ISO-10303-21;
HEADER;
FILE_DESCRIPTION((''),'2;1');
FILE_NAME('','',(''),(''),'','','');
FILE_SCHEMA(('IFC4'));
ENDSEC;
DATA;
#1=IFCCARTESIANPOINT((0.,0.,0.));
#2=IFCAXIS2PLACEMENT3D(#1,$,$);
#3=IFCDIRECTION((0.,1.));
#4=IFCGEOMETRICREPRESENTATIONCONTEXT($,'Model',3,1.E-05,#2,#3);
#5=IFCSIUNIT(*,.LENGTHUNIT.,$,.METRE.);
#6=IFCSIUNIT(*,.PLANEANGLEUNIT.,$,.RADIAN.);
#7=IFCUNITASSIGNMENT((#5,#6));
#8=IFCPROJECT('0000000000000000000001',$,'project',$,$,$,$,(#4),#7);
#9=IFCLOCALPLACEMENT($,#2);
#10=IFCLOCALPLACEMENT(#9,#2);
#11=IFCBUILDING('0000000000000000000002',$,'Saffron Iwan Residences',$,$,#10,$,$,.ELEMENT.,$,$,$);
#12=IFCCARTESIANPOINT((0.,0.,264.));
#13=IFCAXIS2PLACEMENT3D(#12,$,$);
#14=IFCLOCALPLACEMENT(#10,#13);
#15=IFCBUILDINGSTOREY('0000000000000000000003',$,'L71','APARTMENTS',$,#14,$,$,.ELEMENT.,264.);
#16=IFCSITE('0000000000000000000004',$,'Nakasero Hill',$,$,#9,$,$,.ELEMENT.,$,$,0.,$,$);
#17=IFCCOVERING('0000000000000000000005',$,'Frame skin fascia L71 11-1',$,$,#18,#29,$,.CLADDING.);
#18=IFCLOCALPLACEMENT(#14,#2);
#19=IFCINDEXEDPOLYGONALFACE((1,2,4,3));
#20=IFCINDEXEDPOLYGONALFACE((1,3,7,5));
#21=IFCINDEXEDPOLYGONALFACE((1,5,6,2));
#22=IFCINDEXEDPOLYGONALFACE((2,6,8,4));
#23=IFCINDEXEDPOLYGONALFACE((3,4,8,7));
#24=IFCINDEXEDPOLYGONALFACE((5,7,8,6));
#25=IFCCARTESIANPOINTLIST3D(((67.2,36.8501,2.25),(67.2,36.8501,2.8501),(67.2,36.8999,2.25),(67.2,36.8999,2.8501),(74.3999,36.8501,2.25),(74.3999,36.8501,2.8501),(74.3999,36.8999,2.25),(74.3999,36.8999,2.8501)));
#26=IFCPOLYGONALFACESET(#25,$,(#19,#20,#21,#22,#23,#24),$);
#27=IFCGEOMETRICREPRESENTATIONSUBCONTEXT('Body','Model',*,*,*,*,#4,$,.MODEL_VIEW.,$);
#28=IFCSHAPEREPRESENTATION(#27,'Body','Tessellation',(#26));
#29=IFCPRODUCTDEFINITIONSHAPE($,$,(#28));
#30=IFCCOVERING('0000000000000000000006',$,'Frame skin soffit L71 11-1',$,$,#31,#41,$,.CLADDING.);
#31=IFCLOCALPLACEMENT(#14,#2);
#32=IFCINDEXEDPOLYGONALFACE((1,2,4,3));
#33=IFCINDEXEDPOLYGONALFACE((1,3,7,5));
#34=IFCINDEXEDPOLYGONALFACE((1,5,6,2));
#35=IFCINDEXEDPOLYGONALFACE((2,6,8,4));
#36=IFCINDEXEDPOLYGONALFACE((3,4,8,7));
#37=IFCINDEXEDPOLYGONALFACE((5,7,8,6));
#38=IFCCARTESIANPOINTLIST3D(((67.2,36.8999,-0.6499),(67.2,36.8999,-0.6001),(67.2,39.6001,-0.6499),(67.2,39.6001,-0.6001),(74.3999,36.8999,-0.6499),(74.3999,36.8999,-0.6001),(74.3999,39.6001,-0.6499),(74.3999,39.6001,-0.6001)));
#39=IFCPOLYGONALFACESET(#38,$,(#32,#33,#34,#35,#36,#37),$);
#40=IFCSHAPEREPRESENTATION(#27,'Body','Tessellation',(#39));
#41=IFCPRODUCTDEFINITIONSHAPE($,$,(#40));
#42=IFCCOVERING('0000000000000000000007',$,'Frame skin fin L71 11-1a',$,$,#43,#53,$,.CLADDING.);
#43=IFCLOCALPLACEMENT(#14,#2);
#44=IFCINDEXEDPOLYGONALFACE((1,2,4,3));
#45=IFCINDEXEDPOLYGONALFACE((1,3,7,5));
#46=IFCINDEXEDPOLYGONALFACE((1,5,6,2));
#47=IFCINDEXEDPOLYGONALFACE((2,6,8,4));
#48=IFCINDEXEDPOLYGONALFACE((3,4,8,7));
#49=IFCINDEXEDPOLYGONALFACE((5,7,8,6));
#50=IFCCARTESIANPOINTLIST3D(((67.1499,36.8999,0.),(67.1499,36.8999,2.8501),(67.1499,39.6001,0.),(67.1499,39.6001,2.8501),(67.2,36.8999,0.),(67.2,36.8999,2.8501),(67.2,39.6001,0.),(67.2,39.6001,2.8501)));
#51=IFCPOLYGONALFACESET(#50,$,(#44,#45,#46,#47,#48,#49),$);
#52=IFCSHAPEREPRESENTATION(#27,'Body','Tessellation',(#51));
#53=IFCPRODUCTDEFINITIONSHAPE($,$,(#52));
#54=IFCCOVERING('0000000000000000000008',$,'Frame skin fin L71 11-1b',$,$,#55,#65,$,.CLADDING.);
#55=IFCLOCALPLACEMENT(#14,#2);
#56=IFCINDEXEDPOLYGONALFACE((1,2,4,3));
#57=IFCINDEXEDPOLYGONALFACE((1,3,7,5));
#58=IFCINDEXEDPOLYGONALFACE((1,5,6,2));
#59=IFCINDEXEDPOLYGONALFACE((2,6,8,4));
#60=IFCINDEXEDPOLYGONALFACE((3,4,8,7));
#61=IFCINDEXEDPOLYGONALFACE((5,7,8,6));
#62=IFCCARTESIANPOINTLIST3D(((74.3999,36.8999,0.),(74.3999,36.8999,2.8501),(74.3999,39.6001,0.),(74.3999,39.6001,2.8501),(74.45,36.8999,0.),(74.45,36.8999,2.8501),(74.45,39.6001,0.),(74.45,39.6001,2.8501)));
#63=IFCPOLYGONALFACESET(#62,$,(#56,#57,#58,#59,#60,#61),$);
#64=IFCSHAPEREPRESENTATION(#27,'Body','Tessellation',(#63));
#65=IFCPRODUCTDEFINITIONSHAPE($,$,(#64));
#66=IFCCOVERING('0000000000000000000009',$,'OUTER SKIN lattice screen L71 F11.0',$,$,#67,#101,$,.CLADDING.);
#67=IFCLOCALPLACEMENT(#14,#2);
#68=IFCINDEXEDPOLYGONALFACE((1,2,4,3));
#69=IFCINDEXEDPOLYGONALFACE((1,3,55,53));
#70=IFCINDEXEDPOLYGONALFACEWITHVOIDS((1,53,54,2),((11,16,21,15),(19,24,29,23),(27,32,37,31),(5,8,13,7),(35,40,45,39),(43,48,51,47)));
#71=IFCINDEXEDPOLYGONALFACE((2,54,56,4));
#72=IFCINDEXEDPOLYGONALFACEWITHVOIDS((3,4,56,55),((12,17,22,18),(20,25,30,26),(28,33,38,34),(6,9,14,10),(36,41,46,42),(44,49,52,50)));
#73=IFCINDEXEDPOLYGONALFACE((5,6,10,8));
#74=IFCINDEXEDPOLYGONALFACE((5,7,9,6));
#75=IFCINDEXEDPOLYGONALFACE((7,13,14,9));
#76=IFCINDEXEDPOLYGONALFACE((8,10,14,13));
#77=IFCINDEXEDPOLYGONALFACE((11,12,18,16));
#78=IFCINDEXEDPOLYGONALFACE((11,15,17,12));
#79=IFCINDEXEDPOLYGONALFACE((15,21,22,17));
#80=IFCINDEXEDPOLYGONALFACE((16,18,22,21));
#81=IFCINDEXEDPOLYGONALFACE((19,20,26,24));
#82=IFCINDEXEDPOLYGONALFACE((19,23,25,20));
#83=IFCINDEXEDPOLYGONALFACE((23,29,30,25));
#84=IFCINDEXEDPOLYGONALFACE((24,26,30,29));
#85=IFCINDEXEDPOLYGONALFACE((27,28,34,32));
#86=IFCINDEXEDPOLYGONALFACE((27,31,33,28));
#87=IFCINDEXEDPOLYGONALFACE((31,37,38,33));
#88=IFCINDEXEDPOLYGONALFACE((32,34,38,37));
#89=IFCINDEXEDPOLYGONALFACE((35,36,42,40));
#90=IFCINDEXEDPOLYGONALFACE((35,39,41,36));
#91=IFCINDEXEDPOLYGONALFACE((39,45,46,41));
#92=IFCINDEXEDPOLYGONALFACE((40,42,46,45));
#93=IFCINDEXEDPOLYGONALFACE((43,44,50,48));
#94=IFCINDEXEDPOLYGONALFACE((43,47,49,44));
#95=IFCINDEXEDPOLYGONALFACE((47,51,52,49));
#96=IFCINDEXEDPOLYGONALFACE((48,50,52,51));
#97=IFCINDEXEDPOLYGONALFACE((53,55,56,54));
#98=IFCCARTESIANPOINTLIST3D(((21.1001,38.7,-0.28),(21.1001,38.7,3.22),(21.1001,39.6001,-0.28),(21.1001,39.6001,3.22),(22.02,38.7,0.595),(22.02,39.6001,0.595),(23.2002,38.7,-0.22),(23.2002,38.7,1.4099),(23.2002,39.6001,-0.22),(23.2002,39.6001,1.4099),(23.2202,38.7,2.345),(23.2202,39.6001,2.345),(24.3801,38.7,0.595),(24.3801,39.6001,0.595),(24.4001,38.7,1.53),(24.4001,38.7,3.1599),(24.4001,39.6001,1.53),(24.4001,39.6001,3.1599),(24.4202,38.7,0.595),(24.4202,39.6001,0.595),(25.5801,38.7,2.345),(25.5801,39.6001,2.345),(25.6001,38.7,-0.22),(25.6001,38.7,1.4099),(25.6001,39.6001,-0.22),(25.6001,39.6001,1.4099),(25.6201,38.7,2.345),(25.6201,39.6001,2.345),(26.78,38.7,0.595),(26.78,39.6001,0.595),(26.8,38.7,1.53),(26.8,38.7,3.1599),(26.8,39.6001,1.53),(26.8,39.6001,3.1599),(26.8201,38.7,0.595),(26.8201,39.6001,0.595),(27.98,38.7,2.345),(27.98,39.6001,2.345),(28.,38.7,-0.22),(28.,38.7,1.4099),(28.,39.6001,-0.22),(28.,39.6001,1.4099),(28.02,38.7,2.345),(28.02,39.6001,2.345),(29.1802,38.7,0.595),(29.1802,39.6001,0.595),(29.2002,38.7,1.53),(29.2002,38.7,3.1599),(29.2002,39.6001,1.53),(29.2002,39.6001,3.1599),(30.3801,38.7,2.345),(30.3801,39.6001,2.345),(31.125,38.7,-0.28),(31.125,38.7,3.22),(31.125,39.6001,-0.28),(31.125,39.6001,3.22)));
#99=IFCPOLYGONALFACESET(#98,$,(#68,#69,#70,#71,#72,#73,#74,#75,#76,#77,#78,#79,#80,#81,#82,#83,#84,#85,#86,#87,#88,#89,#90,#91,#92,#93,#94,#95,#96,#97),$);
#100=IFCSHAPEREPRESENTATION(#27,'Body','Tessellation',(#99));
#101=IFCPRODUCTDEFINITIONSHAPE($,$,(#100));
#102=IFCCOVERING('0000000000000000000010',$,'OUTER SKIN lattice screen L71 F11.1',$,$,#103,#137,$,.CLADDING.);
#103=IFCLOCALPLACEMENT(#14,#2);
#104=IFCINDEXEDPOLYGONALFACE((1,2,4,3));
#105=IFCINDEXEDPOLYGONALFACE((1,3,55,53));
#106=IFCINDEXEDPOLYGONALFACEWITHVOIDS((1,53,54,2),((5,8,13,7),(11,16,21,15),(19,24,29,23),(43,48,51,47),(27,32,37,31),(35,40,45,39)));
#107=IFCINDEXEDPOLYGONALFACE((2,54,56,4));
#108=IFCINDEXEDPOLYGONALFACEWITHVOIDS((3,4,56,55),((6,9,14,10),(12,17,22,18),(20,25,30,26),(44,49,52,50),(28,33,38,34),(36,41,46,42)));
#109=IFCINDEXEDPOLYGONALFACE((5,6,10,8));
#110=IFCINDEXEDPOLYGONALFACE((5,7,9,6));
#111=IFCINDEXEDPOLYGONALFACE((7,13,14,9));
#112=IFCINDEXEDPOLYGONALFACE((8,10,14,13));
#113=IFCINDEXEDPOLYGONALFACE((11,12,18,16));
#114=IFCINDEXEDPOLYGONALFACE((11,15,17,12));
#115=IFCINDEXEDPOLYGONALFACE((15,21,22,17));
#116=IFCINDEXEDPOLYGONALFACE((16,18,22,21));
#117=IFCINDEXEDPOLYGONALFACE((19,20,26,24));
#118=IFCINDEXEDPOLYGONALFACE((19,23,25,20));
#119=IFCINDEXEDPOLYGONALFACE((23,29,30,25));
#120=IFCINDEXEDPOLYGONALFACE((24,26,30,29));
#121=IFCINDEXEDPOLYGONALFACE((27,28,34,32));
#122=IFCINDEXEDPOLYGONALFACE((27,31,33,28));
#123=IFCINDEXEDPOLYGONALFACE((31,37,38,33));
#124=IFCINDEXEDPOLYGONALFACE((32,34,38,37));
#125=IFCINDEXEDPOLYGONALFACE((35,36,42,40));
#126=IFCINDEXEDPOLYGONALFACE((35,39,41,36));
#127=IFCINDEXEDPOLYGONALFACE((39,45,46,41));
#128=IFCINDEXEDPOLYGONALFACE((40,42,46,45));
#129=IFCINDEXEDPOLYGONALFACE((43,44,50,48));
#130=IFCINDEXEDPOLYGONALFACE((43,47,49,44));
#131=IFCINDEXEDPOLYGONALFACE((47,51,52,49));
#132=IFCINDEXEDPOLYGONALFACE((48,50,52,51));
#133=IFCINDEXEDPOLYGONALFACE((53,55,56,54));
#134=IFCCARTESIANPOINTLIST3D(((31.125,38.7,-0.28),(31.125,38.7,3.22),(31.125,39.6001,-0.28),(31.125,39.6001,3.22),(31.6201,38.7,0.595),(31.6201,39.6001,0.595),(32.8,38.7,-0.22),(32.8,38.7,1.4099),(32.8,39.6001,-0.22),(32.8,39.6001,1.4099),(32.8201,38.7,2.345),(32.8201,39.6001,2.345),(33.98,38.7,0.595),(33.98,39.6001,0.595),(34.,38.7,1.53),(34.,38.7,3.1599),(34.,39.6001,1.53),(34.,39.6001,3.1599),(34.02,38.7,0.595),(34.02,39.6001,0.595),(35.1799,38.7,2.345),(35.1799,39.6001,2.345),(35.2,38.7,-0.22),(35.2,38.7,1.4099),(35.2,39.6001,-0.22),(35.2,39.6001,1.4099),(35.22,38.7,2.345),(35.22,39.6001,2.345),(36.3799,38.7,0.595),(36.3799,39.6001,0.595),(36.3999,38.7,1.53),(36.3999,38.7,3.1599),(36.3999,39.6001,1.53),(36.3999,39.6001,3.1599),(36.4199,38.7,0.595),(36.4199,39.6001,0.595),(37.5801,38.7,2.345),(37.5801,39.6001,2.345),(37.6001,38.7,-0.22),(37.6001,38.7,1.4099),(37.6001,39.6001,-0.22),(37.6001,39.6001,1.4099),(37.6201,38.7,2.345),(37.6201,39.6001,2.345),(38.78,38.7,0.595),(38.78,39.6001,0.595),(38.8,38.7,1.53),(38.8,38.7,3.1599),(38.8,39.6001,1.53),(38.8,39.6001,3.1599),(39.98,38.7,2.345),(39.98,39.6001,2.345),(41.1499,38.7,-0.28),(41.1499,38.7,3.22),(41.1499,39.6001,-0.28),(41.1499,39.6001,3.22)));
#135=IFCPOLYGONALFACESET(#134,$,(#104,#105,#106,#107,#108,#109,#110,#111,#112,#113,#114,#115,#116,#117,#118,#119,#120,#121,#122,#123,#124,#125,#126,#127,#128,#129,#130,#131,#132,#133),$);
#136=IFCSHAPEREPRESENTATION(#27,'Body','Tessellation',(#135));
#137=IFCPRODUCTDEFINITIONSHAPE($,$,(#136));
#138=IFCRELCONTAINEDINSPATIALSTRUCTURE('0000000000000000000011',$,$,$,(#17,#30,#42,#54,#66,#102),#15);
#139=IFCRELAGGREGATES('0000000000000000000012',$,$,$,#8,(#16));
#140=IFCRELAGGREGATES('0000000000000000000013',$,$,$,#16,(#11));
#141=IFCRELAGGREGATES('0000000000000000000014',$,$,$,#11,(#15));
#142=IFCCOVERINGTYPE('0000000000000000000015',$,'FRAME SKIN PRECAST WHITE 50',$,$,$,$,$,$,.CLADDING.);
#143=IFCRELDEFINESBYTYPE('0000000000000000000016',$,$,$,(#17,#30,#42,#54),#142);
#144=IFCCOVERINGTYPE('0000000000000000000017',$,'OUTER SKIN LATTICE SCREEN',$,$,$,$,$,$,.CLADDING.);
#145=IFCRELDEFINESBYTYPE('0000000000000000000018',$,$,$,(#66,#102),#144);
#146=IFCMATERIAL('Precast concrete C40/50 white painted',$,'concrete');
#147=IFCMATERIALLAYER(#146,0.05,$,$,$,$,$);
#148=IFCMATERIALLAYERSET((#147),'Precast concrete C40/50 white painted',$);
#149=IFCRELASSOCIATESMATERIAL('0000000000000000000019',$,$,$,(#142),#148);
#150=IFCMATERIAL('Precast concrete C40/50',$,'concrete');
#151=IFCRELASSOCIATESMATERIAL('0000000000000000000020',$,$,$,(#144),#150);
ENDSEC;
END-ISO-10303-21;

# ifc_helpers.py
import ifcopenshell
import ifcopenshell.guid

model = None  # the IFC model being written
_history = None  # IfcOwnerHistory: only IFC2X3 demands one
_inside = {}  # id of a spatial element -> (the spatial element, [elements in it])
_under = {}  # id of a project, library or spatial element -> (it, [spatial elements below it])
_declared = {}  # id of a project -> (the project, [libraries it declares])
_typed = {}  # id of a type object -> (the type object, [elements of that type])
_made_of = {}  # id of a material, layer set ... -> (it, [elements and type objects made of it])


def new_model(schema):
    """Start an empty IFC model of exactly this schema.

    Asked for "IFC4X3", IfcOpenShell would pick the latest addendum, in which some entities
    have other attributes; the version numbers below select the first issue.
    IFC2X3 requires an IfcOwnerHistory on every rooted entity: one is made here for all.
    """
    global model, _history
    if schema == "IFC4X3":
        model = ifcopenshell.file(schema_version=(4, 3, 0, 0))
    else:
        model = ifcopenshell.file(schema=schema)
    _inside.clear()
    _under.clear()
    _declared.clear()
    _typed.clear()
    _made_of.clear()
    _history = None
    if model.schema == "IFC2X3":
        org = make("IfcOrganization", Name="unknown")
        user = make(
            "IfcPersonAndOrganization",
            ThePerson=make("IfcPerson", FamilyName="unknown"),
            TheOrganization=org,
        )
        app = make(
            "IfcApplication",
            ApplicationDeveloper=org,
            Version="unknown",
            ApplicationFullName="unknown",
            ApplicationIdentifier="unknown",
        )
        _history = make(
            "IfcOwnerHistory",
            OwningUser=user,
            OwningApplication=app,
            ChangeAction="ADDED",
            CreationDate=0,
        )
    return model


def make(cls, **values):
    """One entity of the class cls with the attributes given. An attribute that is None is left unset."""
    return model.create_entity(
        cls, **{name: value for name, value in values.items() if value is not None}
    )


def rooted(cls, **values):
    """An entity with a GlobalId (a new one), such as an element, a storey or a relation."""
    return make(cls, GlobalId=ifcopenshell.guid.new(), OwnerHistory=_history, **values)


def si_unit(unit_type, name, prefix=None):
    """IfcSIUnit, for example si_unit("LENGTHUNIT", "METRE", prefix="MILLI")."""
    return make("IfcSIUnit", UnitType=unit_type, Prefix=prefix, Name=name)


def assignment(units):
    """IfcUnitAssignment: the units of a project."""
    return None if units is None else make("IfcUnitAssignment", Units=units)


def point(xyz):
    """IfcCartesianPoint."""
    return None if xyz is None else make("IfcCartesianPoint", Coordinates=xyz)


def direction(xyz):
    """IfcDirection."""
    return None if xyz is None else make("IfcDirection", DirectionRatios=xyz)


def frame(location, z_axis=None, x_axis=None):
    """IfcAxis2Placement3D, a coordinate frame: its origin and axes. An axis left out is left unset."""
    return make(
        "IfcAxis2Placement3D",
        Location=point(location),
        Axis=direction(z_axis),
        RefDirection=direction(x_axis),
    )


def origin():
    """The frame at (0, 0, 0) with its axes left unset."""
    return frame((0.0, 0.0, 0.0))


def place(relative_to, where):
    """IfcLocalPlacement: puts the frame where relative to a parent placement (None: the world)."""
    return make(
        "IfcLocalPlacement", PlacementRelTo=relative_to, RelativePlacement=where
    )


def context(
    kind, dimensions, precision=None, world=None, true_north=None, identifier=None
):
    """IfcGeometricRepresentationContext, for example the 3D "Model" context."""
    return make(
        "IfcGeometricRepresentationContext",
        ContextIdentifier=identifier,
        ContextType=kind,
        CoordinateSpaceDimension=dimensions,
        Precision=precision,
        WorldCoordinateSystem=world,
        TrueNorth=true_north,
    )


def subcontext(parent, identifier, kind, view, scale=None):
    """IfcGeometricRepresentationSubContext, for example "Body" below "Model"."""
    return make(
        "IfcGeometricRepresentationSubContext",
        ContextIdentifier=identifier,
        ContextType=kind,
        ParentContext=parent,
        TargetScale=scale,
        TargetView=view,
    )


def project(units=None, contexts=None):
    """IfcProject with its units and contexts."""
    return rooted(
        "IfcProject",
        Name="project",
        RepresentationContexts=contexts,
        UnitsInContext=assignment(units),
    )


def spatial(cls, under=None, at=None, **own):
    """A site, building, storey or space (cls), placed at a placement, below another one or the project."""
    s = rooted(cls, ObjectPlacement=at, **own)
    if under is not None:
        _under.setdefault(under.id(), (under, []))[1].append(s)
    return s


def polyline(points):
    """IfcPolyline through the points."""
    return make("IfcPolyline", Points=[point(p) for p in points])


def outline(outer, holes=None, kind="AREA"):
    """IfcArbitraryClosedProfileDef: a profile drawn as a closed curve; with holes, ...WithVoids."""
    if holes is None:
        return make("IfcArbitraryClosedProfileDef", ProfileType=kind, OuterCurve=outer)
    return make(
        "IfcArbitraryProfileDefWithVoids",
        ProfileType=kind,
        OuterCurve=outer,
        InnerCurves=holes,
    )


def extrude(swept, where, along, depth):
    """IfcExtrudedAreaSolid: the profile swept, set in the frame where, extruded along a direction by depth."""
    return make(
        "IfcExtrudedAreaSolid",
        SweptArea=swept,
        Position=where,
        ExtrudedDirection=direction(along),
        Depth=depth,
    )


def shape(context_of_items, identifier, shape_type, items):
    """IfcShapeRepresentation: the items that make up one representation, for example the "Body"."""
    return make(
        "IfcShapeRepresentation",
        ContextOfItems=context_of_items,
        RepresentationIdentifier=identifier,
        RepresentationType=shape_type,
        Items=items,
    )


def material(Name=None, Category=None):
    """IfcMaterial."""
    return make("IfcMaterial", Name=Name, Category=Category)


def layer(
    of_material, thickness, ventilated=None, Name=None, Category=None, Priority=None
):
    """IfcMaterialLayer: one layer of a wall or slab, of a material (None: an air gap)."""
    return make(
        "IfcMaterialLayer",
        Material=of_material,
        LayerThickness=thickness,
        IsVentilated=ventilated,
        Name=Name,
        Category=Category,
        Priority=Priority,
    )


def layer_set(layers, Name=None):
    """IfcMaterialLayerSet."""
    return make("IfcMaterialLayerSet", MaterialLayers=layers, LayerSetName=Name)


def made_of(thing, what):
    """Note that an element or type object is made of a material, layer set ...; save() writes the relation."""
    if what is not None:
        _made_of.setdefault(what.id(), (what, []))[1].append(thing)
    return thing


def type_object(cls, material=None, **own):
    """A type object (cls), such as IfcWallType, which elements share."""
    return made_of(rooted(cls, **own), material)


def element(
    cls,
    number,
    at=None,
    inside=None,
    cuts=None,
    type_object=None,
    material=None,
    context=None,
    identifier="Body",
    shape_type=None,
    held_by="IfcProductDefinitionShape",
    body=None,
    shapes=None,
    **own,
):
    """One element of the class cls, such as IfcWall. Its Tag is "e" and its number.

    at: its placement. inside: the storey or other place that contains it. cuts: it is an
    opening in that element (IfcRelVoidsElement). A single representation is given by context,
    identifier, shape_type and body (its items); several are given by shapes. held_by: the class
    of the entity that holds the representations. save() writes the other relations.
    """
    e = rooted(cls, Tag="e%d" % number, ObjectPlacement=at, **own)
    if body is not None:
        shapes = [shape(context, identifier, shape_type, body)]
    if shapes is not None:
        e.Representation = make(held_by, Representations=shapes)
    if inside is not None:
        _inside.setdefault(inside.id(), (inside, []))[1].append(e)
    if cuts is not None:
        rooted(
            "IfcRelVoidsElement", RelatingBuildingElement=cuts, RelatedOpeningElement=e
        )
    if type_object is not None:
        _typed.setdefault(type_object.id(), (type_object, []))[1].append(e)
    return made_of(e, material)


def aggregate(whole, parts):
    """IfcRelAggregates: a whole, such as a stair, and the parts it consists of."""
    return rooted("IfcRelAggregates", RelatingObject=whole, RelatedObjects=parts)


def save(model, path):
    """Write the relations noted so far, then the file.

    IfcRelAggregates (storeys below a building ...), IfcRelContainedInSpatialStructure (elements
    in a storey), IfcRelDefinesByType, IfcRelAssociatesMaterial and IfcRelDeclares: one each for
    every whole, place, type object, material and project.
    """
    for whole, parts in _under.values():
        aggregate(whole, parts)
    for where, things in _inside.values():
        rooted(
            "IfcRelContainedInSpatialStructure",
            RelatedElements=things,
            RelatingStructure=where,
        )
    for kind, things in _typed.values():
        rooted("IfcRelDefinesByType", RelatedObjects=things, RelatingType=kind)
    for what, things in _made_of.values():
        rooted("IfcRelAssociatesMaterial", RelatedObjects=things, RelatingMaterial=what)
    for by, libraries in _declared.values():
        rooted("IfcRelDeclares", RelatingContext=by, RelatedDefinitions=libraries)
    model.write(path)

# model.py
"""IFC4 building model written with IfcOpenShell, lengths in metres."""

from ifc_helpers import new_model, si_unit, direction, frame, origin, place, context, subcontext, project, spatial, polyline, outline, extrude, material, layer, layer_set, type_object, element, save


model = new_model("IFC4")

# Units and contexts
model_context = context("Model", 3, precision=1e-05, world=origin(), true_north=direction((0.0, 1.0)))
body_context = subcontext(model_context, "Body", "Model", "MODEL_VIEW")
ifc_project = project(units=[si_unit("LENGTHUNIT", "METRE"), si_unit("PLANEANGLEUNIT", "RADIAN")], contexts=[model_context])

# Site, building, storey
site_placement = place(None, origin())
site = spatial("IfcSite", under=ifc_project, at=site_placement, Name="Nakasero Hill", CompositionType="ELEMENT", RefElevation=0.0)
building_placement = place(site_placement, origin())
building = spatial("IfcBuilding", under=site, at=building_placement, Name="Saffron Iwan Residences", CompositionType="ELEMENT")
storey_placement = place(building_placement, frame((0.0, 0.0, 264.0)))
storey = spatial("IfcBuildingStorey", under=building, at=storey_placement, Name="L71", Description="APARTMENTS", CompositionType="ELEMENT", Elevation=264.0)

# Coverings
ifc_material_1 = material(Name="Precast concrete C40/50 white painted", Category="concrete")
ifc_layer_1 = layer(ifc_material_1, 0.05)
ifc_layer_set_1 = layer_set([ifc_layer_1], Name="Precast concrete C40/50 white painted")
covering_type_1 = type_object("IfcCoveringType", Name="FRAME SKIN PRECAST WHITE 50", PredefinedType="CLADDING", material=ifc_layer_set_1)
for number, where, name in (
    (1, (0.0, 0.0, 2.25), "Frame skin fascia L71 11-1"),
):
    element("IfcCovering", number, at=place(storey_placement, frame(where)), inside=storey, type_object=covering_type_1, Name=name, PredefinedType="CLADDING", context=body_context, shape_type="SweptSolid", body=[
        extrude(outline(polyline([(67.2, 36.8501), (74.3999, 36.8501), (74.3999, 36.8999), (67.2, 36.8999), (67.2, 36.8501)])), origin(), (0.0, 0.0, 1.0), 0.6001),
    ])
covering_1_placement = place(storey_placement, frame((0.0, 0.0, -0.6499)))
element("IfcCovering", 2, at=covering_1_placement, inside=storey, type_object=covering_type_1, Name="Frame skin soffit L71 11-1", PredefinedType="CLADDING", context=body_context, shape_type="SweptSolid", body=[
    extrude(outline(polyline([(67.2, 36.8999), (74.3999, 36.8999), (74.3999, 39.6001), (67.2, 39.6001), (67.2, 36.8999)])), origin(), (0.0, 0.0, 1.0), 0.0498),
])
covering_2_placement = place(storey_placement, origin())
element("IfcCovering", 3, at=covering_2_placement, inside=storey, type_object=covering_type_1, Name="Frame skin fin L71 11-1a", PredefinedType="CLADDING", context=body_context, shape_type="SweptSolid", body=[
    extrude(outline(polyline([(67.1499, 36.8999), (67.2, 36.8999), (67.2, 39.6001), (67.1499, 39.6001), (67.1499, 36.8999)])), origin(), (0.0, 0.0, 1.0), 2.8501),
])
covering_3_placement = place(storey_placement, origin())
element("IfcCovering", 4, at=covering_3_placement, inside=storey, type_object=covering_type_1, Name="Frame skin fin L71 11-1b", PredefinedType="CLADDING", context=body_context, shape_type="SweptSolid", body=[
    extrude(outline(polyline([(74.3999, 36.8999), (74.45, 36.8999), (74.45, 39.6001), (74.3999, 39.6001), (74.3999, 36.8999)])), origin(), (0.0, 0.0, 1.0), 2.8501),
])
ifc_material_2 = material(Name="Precast concrete C40/50", Category="concrete")
covering_type_2 = type_object("IfcCoveringType", Name="OUTER SKIN LATTICE SCREEN", PredefinedType="CLADDING", material=ifc_material_2)
covering_4_placement = place(storey_placement, frame((21.1001, 39.6001, -0.28), z_axis=(0.0, -1.0, 0.0), x_axis=(1.0, 0.0, 0.0)))
element("IfcCovering", 5, at=covering_4_placement, inside=storey, type_object=covering_type_2, Name="OUTER SKIN lattice screen L71 F11.0", PredefinedType="CLADDING", context=body_context, shape_type="SweptSolid", body=[
    extrude(outline(polyline([(0.0, 0.0), (10.0249, 0.0), (10.0249, 3.5), (0.0, 3.5), (0.0, 0.0)]), holes=[polyline([(0.9199, 0.875), (2.1001, 0.0601), (3.28, 0.875), (2.1001, 1.6899), (0.9199, 0.875)]), polyline([(3.3201, 0.875), (4.5, 0.0601), (5.6799, 0.875), (4.5, 1.6899), (3.3201, 0.875)]), polyline([(5.72, 0.875), (6.8999, 0.0601), (8.0801, 0.875), (6.8999, 1.6899), (5.72, 0.875)]), polyline([(2.1201, 2.625), (3.3, 1.8101), (4.48, 2.625), (3.3, 3.4399), (2.1201, 2.625)]), polyline([(4.52, 2.625), (5.7, 1.8101), (6.8799, 2.625), (5.7, 3.4399), (4.52, 2.625)]), polyline([(6.9199, 2.625), (8.1001, 1.8101), (9.28, 2.625), (8.1001, 3.4399), (6.9199, 2.625)])]), origin(), (0.0, 0.0, 1.0), 0.9001),
])
covering_5_placement = place(storey_placement, frame((31.125, 39.6001, -0.28), z_axis=(0.0, -1.0, 0.0), x_axis=(1.0, 0.0, 0.0)))
element("IfcCovering", 6, at=covering_5_placement, inside=storey, type_object=covering_type_2, Name="OUTER SKIN lattice screen L71 F11.1", PredefinedType="CLADDING", context=body_context, shape_type="SweptSolid", body=[
    extrude(outline(polyline([(0.0, 0.0), (10.0249, 0.0), (10.0249, 3.5), (0.0, 3.5), (0.0, 0.0)]), holes=[polyline([(0.4951, 0.875), (1.675, 0.0601), (2.855, 0.875), (1.675, 1.6899), (0.4951, 0.875)]), polyline([(2.895, 0.875), (4.075, 0.0601), (5.2549, 0.875), (4.075, 1.6899), (2.895, 0.875)]), polyline([(5.2949, 0.875), (6.4751, 0.0601), (7.655, 0.875), (6.4751, 1.6899), (5.2949, 0.875)]), polyline([(1.6951, 2.625), (2.875, 1.8101), (4.0549, 2.625), (2.875, 3.4399), (1.6951, 2.625)]), polyline([(4.095, 2.625), (5.2749, 1.8101), (6.4551, 2.625), (5.2749, 3.4399), (4.095, 2.625)]), polyline([(6.4951, 2.625), (7.675, 1.8101), (8.855, 2.625), (7.675, 3.4399), (6.4951, 2.625)])]), origin(), (0.0, 0.0, 1.0), 0.9001),
])

save(model, "model.ifc")
